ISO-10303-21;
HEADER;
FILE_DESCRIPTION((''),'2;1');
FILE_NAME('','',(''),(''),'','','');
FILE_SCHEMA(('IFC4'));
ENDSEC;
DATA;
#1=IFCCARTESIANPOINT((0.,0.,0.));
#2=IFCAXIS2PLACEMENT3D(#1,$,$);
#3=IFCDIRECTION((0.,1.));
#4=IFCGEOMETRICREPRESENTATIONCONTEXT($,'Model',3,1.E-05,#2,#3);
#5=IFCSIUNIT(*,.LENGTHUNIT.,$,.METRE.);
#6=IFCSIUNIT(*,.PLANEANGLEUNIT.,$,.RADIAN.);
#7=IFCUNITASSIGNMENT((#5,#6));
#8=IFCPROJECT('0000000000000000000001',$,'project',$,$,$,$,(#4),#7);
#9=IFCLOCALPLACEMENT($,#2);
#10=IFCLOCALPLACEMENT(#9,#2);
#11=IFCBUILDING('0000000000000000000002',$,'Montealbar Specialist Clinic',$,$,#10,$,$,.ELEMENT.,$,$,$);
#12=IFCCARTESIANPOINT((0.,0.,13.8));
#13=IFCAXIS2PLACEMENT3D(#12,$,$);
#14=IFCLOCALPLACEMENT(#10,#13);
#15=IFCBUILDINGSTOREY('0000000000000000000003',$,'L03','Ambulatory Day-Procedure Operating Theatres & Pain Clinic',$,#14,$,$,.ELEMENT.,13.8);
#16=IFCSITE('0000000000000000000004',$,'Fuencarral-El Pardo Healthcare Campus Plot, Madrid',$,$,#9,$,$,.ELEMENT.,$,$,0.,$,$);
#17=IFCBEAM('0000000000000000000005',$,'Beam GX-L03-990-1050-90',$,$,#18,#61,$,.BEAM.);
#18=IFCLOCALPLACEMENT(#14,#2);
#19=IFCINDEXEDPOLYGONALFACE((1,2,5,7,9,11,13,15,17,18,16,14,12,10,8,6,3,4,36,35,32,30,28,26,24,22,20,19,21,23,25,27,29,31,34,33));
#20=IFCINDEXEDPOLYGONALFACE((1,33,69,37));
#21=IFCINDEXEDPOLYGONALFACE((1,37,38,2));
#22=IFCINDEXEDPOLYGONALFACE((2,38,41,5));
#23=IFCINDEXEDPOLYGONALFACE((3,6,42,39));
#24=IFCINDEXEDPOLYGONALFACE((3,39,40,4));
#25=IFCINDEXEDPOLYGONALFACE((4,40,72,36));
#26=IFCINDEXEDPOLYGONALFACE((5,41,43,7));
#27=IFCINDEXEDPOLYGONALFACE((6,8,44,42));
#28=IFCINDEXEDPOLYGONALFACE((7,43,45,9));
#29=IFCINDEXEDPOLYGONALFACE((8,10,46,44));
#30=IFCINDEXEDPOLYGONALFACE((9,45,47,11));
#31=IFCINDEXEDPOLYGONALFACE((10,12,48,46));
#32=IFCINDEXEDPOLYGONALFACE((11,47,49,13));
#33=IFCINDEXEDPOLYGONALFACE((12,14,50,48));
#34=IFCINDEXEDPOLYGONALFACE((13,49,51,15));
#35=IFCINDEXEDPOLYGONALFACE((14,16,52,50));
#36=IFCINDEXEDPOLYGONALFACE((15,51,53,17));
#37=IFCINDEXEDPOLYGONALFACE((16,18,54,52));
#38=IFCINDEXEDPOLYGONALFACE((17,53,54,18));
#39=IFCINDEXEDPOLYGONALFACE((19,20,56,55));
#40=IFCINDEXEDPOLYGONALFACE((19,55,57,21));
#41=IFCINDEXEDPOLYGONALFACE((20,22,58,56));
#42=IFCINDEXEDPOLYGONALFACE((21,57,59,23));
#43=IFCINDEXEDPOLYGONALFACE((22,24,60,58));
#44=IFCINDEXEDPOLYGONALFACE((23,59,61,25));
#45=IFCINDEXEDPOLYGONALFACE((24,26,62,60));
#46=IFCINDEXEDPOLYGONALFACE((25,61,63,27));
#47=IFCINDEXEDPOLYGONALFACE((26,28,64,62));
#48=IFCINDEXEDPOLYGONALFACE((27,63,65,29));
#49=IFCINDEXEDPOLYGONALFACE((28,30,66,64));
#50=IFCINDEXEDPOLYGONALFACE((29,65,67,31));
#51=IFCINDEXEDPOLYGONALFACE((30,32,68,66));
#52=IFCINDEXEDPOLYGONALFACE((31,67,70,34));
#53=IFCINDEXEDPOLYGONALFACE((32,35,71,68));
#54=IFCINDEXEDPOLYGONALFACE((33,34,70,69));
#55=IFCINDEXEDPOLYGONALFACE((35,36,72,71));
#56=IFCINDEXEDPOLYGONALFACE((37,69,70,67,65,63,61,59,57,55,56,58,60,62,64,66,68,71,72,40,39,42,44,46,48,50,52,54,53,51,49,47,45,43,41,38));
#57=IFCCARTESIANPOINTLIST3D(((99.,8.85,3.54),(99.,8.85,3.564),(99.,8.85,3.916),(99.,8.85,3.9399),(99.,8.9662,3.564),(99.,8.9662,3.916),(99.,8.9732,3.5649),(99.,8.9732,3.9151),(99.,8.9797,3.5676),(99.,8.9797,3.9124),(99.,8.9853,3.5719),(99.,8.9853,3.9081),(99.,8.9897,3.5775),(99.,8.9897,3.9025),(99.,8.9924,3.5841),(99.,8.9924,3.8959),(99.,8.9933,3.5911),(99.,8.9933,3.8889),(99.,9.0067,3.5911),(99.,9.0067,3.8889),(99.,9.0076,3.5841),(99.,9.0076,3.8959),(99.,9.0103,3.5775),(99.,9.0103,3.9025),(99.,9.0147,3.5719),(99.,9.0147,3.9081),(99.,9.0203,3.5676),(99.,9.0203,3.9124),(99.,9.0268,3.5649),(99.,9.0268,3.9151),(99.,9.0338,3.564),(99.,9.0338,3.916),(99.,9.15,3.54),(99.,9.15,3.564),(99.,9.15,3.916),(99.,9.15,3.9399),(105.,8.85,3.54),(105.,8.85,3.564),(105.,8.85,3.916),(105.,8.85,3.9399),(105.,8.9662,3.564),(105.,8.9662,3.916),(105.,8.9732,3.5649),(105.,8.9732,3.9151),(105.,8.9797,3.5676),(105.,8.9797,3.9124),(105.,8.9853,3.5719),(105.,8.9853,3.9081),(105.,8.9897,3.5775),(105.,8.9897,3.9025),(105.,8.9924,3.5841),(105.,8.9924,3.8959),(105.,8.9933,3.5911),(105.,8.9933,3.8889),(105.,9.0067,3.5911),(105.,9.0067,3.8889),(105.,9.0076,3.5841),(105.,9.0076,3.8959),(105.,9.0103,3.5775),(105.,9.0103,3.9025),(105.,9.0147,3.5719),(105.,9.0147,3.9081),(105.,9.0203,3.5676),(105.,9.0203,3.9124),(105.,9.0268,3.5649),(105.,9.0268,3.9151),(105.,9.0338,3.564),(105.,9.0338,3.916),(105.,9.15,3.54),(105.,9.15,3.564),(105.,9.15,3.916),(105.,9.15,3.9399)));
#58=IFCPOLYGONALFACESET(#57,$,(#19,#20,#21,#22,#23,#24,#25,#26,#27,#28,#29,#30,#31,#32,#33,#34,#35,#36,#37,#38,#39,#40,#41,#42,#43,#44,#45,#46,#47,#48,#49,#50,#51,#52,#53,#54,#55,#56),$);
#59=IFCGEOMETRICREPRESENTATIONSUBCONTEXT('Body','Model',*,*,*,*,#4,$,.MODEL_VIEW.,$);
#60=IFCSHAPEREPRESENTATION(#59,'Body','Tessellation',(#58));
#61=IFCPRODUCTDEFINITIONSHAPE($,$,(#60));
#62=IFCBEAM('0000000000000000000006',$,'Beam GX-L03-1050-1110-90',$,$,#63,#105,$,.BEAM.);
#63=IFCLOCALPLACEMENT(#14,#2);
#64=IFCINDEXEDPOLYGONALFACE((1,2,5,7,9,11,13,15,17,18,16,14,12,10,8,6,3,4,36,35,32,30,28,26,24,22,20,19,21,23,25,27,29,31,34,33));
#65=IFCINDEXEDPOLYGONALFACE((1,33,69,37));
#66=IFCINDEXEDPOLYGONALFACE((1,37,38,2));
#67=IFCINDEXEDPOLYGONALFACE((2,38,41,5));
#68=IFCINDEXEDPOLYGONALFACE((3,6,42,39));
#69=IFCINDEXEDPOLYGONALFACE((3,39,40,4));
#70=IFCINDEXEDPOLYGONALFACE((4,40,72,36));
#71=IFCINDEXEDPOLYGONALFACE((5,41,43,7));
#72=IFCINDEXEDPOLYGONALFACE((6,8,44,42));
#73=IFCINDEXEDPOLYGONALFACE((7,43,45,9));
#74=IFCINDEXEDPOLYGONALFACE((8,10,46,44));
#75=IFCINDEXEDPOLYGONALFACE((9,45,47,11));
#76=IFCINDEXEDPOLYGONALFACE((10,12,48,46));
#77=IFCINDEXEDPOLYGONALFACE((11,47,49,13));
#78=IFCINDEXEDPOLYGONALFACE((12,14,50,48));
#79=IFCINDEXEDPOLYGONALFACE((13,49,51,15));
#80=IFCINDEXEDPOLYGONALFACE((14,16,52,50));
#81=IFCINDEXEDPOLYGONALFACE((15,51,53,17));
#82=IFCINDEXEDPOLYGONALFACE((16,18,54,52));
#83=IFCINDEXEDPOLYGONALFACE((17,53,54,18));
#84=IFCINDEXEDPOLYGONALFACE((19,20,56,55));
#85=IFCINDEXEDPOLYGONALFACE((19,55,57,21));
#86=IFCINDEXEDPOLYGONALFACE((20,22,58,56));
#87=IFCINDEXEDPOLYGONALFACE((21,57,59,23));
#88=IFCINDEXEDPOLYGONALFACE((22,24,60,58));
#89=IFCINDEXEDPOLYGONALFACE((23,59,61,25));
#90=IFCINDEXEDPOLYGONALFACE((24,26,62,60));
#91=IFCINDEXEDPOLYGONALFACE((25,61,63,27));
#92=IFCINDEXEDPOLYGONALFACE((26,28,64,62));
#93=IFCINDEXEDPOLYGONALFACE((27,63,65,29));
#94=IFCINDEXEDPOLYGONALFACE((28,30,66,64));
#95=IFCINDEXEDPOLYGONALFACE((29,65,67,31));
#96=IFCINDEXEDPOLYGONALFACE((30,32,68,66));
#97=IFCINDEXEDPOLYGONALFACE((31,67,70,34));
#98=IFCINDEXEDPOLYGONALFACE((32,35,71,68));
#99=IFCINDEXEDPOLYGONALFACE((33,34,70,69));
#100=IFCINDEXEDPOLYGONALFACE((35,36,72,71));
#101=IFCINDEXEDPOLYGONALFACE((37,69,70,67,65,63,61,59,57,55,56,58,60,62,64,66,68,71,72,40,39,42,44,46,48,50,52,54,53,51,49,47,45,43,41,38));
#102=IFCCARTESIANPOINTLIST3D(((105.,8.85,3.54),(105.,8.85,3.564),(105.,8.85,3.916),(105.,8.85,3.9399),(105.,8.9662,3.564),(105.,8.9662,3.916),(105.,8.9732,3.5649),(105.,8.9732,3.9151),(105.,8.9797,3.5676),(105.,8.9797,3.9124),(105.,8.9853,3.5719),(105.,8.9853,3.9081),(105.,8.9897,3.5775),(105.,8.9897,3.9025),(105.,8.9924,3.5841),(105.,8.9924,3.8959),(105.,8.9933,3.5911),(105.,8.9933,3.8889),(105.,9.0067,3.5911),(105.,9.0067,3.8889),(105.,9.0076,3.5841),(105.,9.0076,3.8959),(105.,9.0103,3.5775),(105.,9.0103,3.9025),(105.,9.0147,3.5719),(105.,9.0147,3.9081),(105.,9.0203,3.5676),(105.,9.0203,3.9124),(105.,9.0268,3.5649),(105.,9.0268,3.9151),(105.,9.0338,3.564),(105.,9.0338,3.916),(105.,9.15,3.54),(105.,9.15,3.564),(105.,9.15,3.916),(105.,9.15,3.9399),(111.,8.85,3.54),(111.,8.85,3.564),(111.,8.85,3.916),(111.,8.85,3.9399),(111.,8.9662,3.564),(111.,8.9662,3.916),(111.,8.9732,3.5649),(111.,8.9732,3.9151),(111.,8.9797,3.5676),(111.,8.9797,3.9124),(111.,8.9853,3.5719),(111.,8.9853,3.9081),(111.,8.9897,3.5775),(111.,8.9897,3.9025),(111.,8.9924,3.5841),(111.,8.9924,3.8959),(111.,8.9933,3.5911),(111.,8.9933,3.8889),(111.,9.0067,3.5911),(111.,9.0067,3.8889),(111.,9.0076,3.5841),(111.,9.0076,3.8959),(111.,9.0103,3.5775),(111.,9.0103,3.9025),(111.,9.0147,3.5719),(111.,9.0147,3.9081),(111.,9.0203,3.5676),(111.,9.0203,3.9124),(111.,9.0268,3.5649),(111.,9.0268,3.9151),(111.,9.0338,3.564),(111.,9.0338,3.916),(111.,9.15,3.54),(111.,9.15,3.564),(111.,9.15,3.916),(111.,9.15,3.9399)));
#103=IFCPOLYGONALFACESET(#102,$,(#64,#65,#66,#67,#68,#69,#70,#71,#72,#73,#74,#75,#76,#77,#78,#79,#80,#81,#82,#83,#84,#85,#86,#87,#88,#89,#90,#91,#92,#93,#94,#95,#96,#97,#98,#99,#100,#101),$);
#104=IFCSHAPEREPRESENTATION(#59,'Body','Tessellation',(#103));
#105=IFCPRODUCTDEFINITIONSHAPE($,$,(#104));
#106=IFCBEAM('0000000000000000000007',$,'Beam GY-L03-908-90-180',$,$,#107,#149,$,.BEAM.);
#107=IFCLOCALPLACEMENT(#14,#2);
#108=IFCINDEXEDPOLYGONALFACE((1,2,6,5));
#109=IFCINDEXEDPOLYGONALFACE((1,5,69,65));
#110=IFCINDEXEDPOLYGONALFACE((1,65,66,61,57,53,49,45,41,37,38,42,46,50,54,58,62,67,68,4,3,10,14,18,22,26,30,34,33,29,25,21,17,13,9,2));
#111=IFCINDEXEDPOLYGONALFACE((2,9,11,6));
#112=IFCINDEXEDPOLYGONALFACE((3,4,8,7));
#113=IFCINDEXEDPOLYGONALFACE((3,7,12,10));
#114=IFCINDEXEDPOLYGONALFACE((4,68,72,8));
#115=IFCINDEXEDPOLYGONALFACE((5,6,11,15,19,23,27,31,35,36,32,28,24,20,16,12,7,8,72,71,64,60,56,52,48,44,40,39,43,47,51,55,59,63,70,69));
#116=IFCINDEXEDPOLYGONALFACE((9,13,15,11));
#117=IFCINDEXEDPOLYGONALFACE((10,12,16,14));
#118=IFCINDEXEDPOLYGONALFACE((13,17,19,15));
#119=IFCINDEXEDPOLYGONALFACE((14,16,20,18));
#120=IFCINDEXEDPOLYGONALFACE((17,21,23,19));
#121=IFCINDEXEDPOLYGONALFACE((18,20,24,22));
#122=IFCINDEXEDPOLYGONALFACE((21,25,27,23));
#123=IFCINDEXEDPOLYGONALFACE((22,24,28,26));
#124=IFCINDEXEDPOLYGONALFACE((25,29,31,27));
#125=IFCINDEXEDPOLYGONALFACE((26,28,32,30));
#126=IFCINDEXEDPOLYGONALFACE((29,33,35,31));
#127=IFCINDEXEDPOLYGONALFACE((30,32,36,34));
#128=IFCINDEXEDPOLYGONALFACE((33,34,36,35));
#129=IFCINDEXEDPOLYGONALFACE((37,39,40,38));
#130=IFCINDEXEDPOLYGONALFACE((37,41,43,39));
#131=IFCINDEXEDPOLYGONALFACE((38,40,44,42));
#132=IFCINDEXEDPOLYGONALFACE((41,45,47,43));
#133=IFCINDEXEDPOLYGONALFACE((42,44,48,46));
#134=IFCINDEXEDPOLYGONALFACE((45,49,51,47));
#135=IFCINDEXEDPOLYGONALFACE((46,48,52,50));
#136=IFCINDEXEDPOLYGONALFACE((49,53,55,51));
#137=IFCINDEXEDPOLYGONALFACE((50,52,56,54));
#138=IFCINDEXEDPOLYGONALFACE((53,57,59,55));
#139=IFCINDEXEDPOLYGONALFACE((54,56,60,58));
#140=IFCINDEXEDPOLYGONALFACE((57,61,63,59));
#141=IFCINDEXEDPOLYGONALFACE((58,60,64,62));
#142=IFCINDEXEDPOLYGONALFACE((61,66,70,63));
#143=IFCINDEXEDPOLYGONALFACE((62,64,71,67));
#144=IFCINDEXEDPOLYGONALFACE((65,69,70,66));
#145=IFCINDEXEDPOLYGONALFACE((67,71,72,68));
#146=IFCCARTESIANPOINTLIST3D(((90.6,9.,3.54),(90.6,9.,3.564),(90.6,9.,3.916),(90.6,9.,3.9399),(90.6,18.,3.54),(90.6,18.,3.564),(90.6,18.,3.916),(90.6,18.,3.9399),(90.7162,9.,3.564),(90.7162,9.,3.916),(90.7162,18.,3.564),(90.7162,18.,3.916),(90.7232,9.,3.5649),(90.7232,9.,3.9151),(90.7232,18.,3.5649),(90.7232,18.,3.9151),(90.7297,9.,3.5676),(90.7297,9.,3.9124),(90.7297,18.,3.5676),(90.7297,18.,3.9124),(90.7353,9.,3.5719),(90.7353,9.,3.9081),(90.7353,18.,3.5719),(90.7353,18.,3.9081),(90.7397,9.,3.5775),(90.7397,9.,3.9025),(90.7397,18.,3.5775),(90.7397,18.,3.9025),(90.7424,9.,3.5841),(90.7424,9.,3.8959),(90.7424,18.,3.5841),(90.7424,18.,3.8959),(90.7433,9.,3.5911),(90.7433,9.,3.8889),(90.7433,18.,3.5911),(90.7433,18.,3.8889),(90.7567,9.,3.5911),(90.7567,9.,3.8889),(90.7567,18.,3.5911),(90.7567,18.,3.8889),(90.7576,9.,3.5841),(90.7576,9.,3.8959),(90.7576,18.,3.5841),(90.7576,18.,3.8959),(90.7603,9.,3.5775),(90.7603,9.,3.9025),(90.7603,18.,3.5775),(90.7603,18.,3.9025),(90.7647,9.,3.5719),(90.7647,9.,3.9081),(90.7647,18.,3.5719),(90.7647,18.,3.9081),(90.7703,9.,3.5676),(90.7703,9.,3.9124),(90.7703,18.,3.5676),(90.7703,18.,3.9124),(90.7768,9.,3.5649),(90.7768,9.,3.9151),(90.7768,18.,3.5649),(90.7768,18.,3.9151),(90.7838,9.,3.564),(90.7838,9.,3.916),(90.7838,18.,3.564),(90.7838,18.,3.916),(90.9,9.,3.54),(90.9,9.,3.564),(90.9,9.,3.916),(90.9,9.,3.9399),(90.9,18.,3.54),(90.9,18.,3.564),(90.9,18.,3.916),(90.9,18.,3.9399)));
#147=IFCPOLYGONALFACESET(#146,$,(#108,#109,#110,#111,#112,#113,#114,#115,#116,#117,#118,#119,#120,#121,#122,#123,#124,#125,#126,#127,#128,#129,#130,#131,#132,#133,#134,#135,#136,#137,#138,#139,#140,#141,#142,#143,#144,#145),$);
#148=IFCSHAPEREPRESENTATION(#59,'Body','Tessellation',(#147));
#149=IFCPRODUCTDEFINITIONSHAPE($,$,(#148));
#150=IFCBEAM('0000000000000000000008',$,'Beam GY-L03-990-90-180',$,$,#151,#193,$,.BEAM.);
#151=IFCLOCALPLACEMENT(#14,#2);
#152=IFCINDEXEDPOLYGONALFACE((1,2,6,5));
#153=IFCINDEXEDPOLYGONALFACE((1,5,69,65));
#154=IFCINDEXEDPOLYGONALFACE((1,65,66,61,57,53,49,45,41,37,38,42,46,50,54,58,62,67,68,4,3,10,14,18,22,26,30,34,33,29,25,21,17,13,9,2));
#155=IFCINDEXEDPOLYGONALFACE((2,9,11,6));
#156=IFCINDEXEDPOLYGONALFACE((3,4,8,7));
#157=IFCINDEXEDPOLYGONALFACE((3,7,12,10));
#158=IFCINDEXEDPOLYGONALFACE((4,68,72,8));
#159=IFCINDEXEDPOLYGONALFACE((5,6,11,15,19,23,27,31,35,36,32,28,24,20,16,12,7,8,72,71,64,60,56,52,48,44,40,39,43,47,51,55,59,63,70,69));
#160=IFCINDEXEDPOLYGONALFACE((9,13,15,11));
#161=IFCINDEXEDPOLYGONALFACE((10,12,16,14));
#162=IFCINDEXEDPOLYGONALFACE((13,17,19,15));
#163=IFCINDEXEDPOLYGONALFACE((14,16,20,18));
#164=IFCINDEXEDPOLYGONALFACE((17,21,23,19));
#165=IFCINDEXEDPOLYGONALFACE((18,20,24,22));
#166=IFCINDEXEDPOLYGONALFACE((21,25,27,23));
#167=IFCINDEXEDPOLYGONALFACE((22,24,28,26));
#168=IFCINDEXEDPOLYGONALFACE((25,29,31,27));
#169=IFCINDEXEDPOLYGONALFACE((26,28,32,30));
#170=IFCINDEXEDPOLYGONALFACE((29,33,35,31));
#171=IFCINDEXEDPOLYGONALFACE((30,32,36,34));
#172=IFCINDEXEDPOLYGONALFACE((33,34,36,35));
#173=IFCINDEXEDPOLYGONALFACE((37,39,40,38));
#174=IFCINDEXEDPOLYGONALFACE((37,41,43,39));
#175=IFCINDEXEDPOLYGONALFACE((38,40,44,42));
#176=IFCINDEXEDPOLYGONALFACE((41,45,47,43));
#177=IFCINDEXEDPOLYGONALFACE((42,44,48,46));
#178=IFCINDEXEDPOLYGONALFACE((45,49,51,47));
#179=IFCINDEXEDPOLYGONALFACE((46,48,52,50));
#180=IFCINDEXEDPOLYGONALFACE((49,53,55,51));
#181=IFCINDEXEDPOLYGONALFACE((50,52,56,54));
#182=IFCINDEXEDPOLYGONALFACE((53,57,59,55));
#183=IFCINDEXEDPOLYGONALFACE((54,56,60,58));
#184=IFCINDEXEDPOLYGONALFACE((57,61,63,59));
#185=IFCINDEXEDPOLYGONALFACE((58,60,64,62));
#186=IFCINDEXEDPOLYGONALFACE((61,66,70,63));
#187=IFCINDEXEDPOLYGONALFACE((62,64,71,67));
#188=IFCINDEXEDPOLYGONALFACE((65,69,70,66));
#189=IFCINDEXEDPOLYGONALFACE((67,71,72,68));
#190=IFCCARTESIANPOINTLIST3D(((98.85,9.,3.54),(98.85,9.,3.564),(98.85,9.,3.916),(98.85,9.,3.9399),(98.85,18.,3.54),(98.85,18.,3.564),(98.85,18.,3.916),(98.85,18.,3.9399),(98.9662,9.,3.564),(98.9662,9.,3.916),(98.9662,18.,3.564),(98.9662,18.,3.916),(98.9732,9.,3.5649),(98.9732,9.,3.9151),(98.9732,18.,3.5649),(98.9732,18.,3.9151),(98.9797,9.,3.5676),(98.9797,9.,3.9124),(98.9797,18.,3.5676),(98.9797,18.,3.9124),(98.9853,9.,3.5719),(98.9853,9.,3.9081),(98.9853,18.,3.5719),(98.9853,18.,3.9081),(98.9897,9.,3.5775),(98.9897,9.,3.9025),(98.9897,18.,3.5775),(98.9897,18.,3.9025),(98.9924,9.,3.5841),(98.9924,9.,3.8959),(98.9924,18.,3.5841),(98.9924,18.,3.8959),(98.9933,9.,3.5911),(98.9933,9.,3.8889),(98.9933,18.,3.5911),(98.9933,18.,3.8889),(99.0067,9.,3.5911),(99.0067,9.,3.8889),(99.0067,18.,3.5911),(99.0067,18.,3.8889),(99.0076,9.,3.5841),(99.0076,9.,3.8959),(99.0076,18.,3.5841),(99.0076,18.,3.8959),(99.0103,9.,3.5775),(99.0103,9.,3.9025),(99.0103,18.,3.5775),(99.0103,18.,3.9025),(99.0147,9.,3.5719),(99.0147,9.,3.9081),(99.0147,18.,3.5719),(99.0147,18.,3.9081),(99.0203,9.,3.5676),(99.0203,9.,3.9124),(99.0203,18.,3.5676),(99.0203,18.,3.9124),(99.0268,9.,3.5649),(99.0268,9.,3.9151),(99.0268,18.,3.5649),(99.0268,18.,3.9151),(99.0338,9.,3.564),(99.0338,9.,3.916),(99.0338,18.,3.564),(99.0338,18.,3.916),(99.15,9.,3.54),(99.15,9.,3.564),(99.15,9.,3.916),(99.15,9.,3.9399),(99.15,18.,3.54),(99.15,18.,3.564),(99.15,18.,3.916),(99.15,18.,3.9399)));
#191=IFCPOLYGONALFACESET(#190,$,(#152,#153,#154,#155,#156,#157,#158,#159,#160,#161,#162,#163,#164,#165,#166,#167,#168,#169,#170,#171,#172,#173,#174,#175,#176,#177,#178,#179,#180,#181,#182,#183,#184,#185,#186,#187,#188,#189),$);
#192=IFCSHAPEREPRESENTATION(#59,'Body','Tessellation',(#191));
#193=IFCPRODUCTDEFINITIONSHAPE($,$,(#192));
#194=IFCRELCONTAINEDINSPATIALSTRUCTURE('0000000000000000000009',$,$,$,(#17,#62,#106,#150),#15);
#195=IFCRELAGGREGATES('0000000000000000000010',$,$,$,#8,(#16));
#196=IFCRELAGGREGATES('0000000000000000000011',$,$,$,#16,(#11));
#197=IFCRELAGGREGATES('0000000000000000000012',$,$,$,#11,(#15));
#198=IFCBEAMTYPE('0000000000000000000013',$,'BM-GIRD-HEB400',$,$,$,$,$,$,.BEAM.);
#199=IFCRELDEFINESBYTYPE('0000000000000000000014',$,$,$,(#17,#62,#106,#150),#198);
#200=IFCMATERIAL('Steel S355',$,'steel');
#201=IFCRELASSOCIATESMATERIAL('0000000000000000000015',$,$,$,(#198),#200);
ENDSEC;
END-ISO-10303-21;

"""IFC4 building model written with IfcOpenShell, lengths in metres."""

from ifc_helpers import new_model, si_unit, direction, frame, origin, origin_2d, place, context, subcontext, project, spatial, i_section, extrude, material, material_profile, profile_set, type_object, element, save


model = new_model("IFC4")

# Units and contexts
model_context = context("Model", 3, precision=1e-05, world=origin(), true_north=direction((0.0, 1.0)))
body_context = subcontext(model_context, "Body", "Model", "MODEL_VIEW")
ifc_project = project(units=[si_unit("LENGTHUNIT", "METRE"), si_unit("PLANEANGLEUNIT", "RADIAN")], contexts=[model_context])

# Site, building, storey
site_placement = place(None, origin())
site = spatial("IfcSite", under=ifc_project, at=site_placement, Name="Fuencarral-El Pardo Healthcare Campus Plot, Madrid", CompositionType="ELEMENT", RefElevation=0.0)
building_placement = place(site_placement, origin())
building = spatial("IfcBuilding", under=site, at=building_placement, Name="Montealbar Specialist Clinic", CompositionType="ELEMENT")
storey_placement = place(building_placement, frame((0.0, 0.0, 13.8)))
storey = spatial("IfcBuildingStorey", under=building, at=storey_placement, Name="L03", Description="Ambulatory Day-Procedure Operating Theatres & Pain Clinic", CompositionType="ELEMENT", Elevation=13.8)

# Shared definitions
ifc_material_1 = material(Name="Steel S355", Category="steel")

# Beams
ifc_material_profile_1 = material_profile(ifc_material_1, i_section(OverallWidth=0.3, OverallDepth=0.3999, WebThickness=0.0134, FlangeThickness=0.0239, FilletRadius=0.0271, at=origin_2d()), Name="HEB 400", Category="steel")
ifc_profile_set_1 = profile_set([ifc_material_profile_1], Name="Steel S355")
beam_type_1 = type_object("IfcBeamType", Name="BM-GIRD-HEB400", PredefinedType="BEAM", material=ifc_profile_set_1)
for number, where, z_axis, x_axis, name in (
    (1, (99.0, 9.0, 3.74), (1.0, 0.0, 0.0), (0.0, 1.0, 0.0), "Beam GX-L03-990-1050-90"),
    (2, (105.0, 9.0, 3.74), (1.0, 0.0, 0.0), (0.0, 1.0, 0.0), "Beam GX-L03-1050-1110-90"),
):
    element("IfcBeam", number, at=place(storey_placement, frame(where, z_axis=z_axis, x_axis=x_axis)), inside=storey, type_object=beam_type_1, Name=name, PredefinedType="BEAM", context=body_context, shape_type="SweptSolid", body=[
        extrude(i_section(OverallWidth=0.3, OverallDepth=0.3999, WebThickness=0.0134, FlangeThickness=0.0239, FilletRadius=0.0271, at=origin_2d()), origin(), (0.0, 0.0, 1.0), 6.0),
    ])
for number, where, z_axis, x_axis, name in (
    (3, (90.75, 9.0, 3.74), (0.0, 1.0, 0.0), (-1.0, 0.0, 0.0), "Beam GY-L03-908-90-180"),
    (4, (99.0, 9.0, 3.74), (0.0, 1.0, 0.0), (-1.0, 0.0, 0.0), "Beam GY-L03-990-90-180"),
):
    element("IfcBeam", number, at=place(storey_placement, frame(where, z_axis=z_axis, x_axis=x_axis)), inside=storey, type_object=beam_type_1, Name=name, PredefinedType="BEAM", context=body_context, shape_type="SweptSolid", body=[
        extrude(i_section(OverallWidth=0.3, OverallDepth=0.3999, WebThickness=0.0134, FlangeThickness=0.0239, FilletRadius=0.0271, at=origin_2d()), origin(), (0.0, 0.0, 1.0), 9.0),
    ])

save(model, "model.ifc")
